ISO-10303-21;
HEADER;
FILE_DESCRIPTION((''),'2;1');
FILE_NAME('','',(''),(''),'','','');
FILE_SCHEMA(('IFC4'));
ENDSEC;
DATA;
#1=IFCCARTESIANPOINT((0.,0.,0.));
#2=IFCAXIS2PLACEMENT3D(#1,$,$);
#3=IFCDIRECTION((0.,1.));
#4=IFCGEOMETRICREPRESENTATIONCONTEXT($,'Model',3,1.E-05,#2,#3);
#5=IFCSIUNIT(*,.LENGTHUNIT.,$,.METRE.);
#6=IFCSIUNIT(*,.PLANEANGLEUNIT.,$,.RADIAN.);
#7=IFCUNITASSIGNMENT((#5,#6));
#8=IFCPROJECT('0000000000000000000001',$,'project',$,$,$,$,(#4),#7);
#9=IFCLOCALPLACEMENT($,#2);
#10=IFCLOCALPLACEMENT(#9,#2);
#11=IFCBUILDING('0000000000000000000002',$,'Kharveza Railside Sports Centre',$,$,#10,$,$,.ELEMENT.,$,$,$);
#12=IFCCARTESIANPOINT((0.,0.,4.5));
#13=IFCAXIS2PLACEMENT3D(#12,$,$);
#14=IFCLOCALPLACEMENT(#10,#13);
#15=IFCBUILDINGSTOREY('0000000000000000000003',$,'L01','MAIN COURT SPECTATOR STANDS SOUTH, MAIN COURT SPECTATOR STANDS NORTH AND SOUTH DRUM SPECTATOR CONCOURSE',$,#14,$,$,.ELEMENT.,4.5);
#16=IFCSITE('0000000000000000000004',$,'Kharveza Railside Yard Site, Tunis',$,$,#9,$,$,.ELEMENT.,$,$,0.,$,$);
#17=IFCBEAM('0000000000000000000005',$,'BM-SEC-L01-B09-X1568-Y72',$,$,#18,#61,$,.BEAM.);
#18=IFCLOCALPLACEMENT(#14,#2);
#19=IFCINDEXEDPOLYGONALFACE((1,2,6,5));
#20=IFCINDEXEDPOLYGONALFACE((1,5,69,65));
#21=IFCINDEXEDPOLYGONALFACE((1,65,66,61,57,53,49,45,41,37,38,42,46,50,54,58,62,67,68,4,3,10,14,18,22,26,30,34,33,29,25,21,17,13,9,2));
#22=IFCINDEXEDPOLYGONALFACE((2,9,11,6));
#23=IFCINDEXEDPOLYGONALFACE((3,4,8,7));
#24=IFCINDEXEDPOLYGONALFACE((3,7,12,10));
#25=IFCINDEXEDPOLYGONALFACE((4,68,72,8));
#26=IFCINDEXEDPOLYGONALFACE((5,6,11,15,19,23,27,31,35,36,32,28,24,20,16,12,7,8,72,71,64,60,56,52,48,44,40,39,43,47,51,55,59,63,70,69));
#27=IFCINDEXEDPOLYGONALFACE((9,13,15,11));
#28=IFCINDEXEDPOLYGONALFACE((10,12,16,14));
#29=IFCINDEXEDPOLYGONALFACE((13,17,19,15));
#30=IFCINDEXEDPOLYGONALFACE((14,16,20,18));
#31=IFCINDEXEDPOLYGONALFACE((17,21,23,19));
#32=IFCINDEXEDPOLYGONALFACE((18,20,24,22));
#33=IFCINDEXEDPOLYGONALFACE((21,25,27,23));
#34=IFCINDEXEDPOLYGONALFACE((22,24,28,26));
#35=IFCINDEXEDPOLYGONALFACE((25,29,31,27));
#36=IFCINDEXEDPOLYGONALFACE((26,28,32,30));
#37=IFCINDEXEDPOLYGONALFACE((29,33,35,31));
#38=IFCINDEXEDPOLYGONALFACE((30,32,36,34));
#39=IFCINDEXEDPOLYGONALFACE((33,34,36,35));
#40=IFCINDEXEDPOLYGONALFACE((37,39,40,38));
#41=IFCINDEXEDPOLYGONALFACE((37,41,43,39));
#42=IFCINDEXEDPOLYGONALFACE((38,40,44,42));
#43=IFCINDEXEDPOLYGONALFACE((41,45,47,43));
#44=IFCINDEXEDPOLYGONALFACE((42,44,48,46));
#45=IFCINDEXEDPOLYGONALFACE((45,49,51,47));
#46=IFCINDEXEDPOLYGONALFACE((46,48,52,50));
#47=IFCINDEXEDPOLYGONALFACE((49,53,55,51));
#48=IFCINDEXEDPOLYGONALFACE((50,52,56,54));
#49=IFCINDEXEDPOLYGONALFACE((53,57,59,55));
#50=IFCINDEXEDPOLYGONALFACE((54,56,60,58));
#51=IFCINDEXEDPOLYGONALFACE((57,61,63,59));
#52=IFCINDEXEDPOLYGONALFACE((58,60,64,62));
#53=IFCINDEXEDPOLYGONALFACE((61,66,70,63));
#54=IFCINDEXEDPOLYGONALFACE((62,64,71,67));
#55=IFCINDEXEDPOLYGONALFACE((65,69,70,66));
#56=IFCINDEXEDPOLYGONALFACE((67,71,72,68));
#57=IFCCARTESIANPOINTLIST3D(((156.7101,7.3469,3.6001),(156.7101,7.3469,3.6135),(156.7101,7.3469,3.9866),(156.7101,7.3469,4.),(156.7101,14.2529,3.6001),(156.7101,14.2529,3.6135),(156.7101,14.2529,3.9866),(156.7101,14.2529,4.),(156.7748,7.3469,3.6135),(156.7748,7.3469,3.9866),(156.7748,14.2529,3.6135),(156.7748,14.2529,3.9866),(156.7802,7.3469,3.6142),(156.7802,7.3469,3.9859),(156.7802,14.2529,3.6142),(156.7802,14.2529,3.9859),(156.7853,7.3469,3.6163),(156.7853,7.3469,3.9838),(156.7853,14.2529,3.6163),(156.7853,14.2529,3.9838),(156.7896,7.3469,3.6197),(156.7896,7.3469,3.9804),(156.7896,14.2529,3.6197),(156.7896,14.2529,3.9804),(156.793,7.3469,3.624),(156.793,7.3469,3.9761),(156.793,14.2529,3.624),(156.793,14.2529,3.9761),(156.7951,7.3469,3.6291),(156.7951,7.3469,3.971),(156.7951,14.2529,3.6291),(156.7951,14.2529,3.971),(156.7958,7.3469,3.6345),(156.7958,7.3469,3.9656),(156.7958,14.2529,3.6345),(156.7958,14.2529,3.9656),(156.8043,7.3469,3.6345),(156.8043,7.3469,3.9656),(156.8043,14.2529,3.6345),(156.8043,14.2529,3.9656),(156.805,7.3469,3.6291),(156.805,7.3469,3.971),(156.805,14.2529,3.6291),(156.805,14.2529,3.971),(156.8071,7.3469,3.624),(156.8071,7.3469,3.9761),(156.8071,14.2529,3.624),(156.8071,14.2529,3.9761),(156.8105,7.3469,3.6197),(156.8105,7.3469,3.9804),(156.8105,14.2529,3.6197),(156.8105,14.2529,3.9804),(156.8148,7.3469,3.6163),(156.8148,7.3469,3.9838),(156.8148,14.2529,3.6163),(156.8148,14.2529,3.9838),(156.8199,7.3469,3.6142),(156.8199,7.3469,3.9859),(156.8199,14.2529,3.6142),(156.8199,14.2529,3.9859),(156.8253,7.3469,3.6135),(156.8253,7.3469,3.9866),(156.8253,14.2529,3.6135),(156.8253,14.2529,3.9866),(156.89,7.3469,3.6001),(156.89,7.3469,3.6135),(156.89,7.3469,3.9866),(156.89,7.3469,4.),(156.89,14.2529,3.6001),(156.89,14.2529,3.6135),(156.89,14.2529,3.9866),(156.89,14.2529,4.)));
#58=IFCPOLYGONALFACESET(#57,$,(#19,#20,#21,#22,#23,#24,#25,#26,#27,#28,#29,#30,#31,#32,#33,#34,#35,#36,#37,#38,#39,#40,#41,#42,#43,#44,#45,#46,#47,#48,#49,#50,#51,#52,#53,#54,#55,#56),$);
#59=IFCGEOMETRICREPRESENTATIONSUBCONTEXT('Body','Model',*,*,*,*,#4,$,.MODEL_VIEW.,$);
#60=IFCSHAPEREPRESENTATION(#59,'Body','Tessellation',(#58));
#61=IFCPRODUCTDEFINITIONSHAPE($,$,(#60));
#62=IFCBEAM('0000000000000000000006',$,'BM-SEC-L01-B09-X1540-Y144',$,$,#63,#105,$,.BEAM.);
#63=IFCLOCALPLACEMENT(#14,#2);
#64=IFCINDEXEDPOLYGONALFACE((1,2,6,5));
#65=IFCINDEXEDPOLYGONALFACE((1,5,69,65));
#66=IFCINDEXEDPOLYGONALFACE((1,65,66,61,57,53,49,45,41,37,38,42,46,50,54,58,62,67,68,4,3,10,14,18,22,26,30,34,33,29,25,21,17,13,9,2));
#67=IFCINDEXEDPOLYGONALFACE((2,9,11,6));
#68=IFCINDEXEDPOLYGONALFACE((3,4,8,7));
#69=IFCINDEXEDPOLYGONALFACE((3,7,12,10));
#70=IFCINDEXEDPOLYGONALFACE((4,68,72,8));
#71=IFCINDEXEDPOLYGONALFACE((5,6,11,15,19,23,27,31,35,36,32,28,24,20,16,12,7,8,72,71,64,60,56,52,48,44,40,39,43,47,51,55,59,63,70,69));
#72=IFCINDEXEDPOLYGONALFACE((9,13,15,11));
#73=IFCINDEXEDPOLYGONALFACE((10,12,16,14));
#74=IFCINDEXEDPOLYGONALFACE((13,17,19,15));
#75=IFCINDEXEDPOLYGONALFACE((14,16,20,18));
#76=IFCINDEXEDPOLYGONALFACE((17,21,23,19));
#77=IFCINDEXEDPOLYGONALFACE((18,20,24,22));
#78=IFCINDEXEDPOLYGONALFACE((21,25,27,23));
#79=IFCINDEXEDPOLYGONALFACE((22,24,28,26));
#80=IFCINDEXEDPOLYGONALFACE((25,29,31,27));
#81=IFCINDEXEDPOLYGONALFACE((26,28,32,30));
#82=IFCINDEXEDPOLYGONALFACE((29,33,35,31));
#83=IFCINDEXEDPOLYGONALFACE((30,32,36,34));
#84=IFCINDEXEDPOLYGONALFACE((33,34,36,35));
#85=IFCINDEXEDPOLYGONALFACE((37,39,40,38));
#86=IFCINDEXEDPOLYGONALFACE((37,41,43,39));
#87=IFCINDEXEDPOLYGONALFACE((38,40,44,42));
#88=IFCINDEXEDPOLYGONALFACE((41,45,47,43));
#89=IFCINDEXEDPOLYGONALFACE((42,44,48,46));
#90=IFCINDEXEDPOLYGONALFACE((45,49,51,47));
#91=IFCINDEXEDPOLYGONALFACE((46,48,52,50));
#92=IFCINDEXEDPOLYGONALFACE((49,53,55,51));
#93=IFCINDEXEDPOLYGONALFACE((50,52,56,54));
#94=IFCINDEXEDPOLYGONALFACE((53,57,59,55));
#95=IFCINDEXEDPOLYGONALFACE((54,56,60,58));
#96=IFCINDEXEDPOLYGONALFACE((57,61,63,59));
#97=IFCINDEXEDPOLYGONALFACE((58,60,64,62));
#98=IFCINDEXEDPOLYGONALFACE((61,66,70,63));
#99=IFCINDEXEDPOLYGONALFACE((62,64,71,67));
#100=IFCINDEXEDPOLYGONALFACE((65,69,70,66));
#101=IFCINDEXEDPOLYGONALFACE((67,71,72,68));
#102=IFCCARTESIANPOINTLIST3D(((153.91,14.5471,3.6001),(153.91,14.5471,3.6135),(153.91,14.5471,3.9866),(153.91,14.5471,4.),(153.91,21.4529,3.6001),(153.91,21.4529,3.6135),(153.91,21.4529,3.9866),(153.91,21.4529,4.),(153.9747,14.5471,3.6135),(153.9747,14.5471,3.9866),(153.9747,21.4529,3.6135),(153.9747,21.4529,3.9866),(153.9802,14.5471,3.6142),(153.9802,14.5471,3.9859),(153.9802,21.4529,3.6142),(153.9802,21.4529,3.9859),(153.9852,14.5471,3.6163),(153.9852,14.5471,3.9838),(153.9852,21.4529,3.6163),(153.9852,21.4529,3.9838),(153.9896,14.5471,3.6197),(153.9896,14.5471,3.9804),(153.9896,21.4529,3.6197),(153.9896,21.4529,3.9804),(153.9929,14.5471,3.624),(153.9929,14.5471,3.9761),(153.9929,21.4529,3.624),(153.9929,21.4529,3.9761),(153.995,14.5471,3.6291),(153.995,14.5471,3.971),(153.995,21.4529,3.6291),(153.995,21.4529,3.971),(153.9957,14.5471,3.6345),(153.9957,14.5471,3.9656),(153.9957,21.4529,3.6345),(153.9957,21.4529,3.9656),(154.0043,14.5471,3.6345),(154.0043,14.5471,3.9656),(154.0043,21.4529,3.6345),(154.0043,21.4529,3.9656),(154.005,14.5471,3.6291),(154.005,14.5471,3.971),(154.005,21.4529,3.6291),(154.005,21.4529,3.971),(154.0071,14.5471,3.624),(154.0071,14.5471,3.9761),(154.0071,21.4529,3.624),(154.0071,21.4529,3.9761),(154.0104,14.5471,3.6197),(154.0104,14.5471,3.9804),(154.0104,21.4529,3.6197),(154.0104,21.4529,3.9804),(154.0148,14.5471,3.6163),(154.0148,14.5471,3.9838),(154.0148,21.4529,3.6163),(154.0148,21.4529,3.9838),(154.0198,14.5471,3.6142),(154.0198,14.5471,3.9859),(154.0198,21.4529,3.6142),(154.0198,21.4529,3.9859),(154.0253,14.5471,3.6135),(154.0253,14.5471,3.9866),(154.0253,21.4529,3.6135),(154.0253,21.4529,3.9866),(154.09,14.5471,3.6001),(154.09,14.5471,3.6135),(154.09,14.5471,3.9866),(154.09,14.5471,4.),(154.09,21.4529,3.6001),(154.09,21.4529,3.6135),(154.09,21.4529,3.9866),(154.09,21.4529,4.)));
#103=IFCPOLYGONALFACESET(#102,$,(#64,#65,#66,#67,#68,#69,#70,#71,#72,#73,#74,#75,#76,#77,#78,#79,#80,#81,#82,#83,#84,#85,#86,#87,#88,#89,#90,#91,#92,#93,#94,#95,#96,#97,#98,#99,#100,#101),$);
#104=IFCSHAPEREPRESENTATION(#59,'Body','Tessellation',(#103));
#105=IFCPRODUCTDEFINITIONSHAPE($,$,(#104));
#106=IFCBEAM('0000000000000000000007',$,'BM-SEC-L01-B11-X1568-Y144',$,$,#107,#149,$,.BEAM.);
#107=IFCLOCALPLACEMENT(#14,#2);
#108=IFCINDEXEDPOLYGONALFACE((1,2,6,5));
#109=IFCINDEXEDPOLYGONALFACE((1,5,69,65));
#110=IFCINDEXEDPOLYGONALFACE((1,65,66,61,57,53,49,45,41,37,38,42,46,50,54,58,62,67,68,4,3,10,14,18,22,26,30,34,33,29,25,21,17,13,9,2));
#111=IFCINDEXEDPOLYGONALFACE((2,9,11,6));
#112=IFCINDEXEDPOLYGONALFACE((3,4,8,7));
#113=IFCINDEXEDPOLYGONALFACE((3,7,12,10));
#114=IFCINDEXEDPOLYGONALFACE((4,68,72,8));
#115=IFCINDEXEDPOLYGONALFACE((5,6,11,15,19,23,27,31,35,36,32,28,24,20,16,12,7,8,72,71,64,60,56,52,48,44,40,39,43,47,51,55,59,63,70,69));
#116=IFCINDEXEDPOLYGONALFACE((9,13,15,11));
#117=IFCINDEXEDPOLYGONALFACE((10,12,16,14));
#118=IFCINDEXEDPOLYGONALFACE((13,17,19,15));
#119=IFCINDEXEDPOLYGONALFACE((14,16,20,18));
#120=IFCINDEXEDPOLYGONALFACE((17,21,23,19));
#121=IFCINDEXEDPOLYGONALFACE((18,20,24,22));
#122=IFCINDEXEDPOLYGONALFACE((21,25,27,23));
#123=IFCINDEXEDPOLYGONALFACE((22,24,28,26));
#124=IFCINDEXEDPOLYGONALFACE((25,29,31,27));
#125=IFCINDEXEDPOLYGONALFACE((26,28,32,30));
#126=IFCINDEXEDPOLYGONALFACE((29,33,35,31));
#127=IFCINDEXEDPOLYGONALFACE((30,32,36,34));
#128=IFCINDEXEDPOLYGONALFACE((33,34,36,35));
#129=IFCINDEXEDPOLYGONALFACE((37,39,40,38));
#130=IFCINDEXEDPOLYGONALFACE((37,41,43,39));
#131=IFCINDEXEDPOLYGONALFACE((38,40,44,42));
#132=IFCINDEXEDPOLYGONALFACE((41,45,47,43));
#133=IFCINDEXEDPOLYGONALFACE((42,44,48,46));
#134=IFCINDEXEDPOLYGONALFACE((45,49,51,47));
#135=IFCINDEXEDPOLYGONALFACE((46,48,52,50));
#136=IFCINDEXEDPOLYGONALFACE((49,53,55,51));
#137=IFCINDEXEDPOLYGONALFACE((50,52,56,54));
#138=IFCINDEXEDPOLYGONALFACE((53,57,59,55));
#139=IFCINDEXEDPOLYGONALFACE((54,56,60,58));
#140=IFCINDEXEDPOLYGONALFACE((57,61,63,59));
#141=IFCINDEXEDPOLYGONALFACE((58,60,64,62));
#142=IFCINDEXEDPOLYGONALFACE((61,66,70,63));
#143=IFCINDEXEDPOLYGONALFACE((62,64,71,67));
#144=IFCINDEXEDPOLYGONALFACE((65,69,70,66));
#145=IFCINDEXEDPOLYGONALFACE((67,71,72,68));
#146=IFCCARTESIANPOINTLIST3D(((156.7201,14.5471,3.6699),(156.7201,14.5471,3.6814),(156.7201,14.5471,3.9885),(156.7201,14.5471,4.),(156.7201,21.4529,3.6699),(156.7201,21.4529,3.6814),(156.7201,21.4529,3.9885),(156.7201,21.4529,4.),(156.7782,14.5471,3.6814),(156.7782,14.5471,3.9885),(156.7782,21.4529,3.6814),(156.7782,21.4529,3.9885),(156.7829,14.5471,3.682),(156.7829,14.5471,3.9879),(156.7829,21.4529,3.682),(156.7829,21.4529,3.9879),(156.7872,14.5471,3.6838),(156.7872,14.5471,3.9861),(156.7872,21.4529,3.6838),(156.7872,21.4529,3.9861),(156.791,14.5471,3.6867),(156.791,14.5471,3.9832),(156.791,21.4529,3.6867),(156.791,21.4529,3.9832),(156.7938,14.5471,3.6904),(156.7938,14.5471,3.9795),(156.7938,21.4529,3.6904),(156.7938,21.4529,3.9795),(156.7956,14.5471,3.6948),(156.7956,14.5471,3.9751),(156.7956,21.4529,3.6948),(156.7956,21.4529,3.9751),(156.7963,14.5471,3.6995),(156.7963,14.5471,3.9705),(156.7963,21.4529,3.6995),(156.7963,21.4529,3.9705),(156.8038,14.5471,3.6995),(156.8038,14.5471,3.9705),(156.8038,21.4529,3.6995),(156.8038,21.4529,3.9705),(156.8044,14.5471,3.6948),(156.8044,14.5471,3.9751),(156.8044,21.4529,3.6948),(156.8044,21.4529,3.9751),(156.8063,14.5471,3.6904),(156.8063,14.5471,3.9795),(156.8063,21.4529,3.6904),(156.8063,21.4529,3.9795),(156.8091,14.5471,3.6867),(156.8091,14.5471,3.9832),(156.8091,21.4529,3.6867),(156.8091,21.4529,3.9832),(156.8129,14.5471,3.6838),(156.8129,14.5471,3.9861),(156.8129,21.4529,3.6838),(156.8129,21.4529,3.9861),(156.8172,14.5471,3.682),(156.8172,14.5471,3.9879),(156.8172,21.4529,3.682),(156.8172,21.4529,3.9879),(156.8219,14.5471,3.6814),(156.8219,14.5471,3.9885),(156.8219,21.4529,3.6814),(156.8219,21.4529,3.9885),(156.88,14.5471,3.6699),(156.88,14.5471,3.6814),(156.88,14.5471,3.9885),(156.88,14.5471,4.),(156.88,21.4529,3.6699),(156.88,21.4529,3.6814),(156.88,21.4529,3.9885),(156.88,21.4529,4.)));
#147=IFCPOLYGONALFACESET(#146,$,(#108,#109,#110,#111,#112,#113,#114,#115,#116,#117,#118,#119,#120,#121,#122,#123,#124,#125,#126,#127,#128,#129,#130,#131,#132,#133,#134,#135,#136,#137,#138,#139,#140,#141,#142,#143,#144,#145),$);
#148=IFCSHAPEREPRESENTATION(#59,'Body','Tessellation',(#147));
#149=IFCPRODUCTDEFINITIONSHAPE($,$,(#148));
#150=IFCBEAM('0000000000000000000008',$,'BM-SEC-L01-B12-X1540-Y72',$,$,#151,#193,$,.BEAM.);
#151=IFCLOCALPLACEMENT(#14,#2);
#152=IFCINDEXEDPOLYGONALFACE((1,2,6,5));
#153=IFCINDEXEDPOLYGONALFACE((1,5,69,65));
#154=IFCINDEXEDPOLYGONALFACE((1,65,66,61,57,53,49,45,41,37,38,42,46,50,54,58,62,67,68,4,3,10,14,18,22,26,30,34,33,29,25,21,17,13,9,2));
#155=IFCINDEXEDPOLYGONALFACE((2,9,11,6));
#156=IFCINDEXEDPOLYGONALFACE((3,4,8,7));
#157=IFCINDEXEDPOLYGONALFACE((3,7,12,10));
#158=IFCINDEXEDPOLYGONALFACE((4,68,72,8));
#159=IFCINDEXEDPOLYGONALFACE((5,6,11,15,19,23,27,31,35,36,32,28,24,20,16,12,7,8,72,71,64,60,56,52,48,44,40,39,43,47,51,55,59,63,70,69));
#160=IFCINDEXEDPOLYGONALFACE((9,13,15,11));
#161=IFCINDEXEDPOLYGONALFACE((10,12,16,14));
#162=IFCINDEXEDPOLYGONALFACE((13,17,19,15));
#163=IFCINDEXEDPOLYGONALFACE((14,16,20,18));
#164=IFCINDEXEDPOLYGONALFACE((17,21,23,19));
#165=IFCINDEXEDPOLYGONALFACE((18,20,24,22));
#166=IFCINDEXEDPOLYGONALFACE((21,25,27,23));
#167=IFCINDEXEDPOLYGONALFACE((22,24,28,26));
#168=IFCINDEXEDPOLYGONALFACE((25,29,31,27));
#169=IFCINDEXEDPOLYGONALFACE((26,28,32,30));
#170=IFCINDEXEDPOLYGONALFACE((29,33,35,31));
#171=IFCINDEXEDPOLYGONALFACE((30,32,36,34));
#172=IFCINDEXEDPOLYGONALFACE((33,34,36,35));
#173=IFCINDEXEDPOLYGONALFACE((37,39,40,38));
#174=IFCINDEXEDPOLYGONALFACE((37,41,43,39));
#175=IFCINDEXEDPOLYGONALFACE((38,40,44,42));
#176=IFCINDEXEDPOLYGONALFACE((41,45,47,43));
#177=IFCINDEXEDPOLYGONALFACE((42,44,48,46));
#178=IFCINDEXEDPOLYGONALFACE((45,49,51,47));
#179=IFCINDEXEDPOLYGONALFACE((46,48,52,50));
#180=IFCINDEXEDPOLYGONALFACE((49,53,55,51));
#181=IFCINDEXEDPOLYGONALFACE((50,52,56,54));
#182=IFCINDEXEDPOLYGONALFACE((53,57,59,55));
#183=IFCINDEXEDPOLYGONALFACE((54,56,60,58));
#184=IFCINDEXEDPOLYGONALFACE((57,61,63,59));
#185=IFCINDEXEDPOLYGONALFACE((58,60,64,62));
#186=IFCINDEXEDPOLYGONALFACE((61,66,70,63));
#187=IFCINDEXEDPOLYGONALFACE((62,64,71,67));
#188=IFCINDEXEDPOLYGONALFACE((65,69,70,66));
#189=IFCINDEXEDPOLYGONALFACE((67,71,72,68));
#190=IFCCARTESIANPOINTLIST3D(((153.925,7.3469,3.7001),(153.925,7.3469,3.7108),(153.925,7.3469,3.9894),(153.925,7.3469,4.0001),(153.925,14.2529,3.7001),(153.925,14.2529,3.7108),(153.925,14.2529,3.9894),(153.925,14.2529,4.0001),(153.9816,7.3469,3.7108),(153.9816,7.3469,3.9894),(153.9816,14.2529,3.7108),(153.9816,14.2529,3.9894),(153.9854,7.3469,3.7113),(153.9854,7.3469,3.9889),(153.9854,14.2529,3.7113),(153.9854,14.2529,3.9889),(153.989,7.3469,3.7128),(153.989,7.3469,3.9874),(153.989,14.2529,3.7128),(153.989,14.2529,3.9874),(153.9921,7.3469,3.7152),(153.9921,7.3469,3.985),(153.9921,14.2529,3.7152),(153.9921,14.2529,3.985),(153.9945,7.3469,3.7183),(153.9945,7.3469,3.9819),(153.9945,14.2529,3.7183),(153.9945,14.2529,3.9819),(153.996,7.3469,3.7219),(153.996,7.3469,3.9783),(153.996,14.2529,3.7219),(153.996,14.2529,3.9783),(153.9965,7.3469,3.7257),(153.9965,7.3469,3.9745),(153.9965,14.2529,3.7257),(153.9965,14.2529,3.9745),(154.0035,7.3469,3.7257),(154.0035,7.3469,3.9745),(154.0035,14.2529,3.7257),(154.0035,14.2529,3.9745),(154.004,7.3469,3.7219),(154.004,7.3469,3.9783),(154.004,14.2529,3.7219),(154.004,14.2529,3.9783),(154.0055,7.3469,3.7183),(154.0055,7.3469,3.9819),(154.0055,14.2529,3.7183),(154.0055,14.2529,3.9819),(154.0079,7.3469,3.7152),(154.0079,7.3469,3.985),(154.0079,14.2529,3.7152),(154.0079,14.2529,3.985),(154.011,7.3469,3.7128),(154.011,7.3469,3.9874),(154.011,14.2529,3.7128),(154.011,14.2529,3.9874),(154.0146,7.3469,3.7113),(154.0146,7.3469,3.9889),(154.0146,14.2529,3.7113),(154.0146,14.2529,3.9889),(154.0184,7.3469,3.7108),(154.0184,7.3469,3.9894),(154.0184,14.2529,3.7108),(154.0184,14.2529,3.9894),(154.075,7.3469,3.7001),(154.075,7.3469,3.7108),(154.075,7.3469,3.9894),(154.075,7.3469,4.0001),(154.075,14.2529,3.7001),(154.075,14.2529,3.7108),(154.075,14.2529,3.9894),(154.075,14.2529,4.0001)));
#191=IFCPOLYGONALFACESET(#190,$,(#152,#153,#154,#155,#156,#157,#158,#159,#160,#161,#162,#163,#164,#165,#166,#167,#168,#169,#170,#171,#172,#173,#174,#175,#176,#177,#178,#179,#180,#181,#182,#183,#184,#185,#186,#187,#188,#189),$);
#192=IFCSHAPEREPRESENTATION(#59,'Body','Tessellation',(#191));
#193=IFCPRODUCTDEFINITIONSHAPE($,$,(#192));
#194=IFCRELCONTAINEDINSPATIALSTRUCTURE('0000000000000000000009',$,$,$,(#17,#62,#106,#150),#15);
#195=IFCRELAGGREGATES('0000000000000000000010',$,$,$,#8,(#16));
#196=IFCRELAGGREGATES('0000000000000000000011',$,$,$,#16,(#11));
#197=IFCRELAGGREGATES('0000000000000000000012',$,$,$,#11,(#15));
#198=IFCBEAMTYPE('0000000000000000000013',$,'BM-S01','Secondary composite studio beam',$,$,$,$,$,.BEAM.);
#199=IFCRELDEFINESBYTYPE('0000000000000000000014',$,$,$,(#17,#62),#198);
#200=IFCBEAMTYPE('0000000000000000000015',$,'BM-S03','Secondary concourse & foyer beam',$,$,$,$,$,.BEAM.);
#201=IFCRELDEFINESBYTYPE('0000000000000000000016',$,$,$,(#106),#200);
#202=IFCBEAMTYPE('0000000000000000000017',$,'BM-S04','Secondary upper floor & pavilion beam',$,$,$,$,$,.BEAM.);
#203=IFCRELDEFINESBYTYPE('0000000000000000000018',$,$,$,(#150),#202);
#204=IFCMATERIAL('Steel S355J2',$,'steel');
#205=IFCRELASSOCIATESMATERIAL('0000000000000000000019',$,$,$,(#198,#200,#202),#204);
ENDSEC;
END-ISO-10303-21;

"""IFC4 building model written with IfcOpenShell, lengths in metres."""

from ifc_helpers import new_model, si_unit, direction, frame, origin, origin_2d, place, context, subcontext, project, spatial, i_section, extrude, material, material_profile, profile_set, type_object, element, save


model = new_model("IFC4")

# Units and contexts
model_context = context("Model", 3, precision=1e-05, world=origin(), true_north=direction((0.0, 1.0)))
body_context = subcontext(model_context, "Body", "Model", "MODEL_VIEW")
ifc_project = project(units=[si_unit("LENGTHUNIT", "METRE"), si_unit("PLANEANGLEUNIT", "RADIAN")], contexts=[model_context])

# Site, building, storey
site_placement = place(None, origin())
site = spatial("IfcSite", under=ifc_project, at=site_placement, Name="Kharveza Railside Yard Site, Tunis", CompositionType="ELEMENT", RefElevation=0.0)
building_placement = place(site_placement, origin())
building = spatial("IfcBuilding", under=site, at=building_placement, Name="Kharveza Railside Sports Centre", CompositionType="ELEMENT")
storey_placement = place(building_placement, frame((0.0, 0.0, 4.5)))
storey = spatial("IfcBuildingStorey", under=building, at=storey_placement, Name="L01", Description="MAIN COURT SPECTATOR STANDS SOUTH, MAIN COURT SPECTATOR STANDS NORTH AND SOUTH DRUM SPECTATOR CONCOURSE", CompositionType="ELEMENT", Elevation=4.5)

# Shared definitions
ifc_material_1 = material(Name="Steel S355J2", Category="steel")

# Beams
ifc_material_profile_1 = material_profile(ifc_material_1, i_section(OverallWidth=0.1799, OverallDepth=0.3999, WebThickness=0.0085, FlangeThickness=0.0134, FilletRadius=0.021, at=origin_2d()), Name="IPE 400")
ifc_profile_set_1 = profile_set([ifc_material_profile_1], Name="Steel S355J2")
beam_type_1 = type_object("IfcBeamType", Name="BM-S01", Description="Secondary composite studio beam", PredefinedType="BEAM", material=ifc_profile_set_1)
beam_1_placement = place(storey_placement, frame((156.8, 7.3469, 3.8), z_axis=(0.0, 1.0, 0.0), x_axis=(-1.0, 0.0, 0.0)))
element("IfcBeam", 1, at=beam_1_placement, inside=storey, type_object=beam_type_1, Name="BM-SEC-L01-B09-X1568-Y72", PredefinedType="BEAM", context=body_context, shape_type="SweptSolid", body=[
    extrude(i_section(OverallWidth=0.1799, OverallDepth=0.3999, WebThickness=0.0085, FlangeThickness=0.0134, FilletRadius=0.021, at=origin_2d()), origin(), (0.0, 0.0, 1.0), 6.906),
])
beam_2_placement = place(storey_placement, frame((154.0, 14.5471, 3.8), z_axis=(0.0, 1.0, 0.0), x_axis=(-1.0, 0.0, 0.0)))
element("IfcBeam", 2, at=beam_2_placement, inside=storey, type_object=beam_type_1, Name="BM-SEC-L01-B09-X1540-Y144", PredefinedType="BEAM", context=body_context, shape_type="SweptSolid", body=[
    extrude(i_section(OverallWidth=0.1799, OverallDepth=0.3999, WebThickness=0.0085, FlangeThickness=0.0134, FilletRadius=0.021, at=origin_2d()), origin(), (0.0, 0.0, 1.0), 6.9058),
])
ifc_material_profile_2 = material_profile(ifc_material_1, i_section(OverallWidth=0.1599, OverallDepth=0.3301, WebThickness=0.0076, FlangeThickness=0.0115, FilletRadius=0.0181, at=origin_2d()), Name="IPE 330")
ifc_profile_set_2 = profile_set([ifc_material_profile_2], Name="Steel S355J2")
beam_type_2 = type_object("IfcBeamType", Name="BM-S03", Description="Secondary concourse & foyer beam", PredefinedType="BEAM", material=ifc_profile_set_2)
beam_3_placement = place(storey_placement, frame((156.8, 14.5471, 3.835), z_axis=(0.0, 1.0, 0.0), x_axis=(-1.0, 0.0, 0.0)))
element("IfcBeam", 3, at=beam_3_placement, inside=storey, type_object=beam_type_2, Name="BM-SEC-L01-B11-X1568-Y144", PredefinedType="BEAM", context=body_context, shape_type="SweptSolid", body=[
    extrude(i_section(OverallWidth=0.1599, OverallDepth=0.3301, WebThickness=0.0076, FlangeThickness=0.0115, FilletRadius=0.0181, at=origin_2d()), origin(), (0.0, 0.0, 1.0), 6.9058),
])
ifc_material_profile_3 = material_profile(ifc_material_1, i_section(OverallWidth=0.1499, OverallDepth=0.3, WebThickness=0.0071, FlangeThickness=0.0107, FilletRadius=0.0149, at=origin_2d()), Name="IPE 300")
ifc_profile_set_3 = profile_set([ifc_material_profile_3], Name="Steel S355J2")
beam_type_3 = type_object("IfcBeamType", Name="BM-S04", Description="Secondary upper floor & pavilion beam", PredefinedType="BEAM", material=ifc_profile_set_3)
beam_4_placement = place(storey_placement, frame((154.0, 7.3469, 3.8501), z_axis=(0.0, 1.0, 0.0), x_axis=(-1.0, 0.0, 0.0)))
element("IfcBeam", 4, at=beam_4_placement, inside=storey, type_object=beam_type_3, Name="BM-SEC-L01-B12-X1540-Y72", PredefinedType="BEAM", context=body_context, shape_type="SweptSolid", body=[
    extrude(i_section(OverallWidth=0.1499, OverallDepth=0.3, WebThickness=0.0071, FlangeThickness=0.0107, FilletRadius=0.0149, at=origin_2d()), origin(), (0.0, 0.0, 1.0), 6.906),
])

save(model, "model.ifc")
